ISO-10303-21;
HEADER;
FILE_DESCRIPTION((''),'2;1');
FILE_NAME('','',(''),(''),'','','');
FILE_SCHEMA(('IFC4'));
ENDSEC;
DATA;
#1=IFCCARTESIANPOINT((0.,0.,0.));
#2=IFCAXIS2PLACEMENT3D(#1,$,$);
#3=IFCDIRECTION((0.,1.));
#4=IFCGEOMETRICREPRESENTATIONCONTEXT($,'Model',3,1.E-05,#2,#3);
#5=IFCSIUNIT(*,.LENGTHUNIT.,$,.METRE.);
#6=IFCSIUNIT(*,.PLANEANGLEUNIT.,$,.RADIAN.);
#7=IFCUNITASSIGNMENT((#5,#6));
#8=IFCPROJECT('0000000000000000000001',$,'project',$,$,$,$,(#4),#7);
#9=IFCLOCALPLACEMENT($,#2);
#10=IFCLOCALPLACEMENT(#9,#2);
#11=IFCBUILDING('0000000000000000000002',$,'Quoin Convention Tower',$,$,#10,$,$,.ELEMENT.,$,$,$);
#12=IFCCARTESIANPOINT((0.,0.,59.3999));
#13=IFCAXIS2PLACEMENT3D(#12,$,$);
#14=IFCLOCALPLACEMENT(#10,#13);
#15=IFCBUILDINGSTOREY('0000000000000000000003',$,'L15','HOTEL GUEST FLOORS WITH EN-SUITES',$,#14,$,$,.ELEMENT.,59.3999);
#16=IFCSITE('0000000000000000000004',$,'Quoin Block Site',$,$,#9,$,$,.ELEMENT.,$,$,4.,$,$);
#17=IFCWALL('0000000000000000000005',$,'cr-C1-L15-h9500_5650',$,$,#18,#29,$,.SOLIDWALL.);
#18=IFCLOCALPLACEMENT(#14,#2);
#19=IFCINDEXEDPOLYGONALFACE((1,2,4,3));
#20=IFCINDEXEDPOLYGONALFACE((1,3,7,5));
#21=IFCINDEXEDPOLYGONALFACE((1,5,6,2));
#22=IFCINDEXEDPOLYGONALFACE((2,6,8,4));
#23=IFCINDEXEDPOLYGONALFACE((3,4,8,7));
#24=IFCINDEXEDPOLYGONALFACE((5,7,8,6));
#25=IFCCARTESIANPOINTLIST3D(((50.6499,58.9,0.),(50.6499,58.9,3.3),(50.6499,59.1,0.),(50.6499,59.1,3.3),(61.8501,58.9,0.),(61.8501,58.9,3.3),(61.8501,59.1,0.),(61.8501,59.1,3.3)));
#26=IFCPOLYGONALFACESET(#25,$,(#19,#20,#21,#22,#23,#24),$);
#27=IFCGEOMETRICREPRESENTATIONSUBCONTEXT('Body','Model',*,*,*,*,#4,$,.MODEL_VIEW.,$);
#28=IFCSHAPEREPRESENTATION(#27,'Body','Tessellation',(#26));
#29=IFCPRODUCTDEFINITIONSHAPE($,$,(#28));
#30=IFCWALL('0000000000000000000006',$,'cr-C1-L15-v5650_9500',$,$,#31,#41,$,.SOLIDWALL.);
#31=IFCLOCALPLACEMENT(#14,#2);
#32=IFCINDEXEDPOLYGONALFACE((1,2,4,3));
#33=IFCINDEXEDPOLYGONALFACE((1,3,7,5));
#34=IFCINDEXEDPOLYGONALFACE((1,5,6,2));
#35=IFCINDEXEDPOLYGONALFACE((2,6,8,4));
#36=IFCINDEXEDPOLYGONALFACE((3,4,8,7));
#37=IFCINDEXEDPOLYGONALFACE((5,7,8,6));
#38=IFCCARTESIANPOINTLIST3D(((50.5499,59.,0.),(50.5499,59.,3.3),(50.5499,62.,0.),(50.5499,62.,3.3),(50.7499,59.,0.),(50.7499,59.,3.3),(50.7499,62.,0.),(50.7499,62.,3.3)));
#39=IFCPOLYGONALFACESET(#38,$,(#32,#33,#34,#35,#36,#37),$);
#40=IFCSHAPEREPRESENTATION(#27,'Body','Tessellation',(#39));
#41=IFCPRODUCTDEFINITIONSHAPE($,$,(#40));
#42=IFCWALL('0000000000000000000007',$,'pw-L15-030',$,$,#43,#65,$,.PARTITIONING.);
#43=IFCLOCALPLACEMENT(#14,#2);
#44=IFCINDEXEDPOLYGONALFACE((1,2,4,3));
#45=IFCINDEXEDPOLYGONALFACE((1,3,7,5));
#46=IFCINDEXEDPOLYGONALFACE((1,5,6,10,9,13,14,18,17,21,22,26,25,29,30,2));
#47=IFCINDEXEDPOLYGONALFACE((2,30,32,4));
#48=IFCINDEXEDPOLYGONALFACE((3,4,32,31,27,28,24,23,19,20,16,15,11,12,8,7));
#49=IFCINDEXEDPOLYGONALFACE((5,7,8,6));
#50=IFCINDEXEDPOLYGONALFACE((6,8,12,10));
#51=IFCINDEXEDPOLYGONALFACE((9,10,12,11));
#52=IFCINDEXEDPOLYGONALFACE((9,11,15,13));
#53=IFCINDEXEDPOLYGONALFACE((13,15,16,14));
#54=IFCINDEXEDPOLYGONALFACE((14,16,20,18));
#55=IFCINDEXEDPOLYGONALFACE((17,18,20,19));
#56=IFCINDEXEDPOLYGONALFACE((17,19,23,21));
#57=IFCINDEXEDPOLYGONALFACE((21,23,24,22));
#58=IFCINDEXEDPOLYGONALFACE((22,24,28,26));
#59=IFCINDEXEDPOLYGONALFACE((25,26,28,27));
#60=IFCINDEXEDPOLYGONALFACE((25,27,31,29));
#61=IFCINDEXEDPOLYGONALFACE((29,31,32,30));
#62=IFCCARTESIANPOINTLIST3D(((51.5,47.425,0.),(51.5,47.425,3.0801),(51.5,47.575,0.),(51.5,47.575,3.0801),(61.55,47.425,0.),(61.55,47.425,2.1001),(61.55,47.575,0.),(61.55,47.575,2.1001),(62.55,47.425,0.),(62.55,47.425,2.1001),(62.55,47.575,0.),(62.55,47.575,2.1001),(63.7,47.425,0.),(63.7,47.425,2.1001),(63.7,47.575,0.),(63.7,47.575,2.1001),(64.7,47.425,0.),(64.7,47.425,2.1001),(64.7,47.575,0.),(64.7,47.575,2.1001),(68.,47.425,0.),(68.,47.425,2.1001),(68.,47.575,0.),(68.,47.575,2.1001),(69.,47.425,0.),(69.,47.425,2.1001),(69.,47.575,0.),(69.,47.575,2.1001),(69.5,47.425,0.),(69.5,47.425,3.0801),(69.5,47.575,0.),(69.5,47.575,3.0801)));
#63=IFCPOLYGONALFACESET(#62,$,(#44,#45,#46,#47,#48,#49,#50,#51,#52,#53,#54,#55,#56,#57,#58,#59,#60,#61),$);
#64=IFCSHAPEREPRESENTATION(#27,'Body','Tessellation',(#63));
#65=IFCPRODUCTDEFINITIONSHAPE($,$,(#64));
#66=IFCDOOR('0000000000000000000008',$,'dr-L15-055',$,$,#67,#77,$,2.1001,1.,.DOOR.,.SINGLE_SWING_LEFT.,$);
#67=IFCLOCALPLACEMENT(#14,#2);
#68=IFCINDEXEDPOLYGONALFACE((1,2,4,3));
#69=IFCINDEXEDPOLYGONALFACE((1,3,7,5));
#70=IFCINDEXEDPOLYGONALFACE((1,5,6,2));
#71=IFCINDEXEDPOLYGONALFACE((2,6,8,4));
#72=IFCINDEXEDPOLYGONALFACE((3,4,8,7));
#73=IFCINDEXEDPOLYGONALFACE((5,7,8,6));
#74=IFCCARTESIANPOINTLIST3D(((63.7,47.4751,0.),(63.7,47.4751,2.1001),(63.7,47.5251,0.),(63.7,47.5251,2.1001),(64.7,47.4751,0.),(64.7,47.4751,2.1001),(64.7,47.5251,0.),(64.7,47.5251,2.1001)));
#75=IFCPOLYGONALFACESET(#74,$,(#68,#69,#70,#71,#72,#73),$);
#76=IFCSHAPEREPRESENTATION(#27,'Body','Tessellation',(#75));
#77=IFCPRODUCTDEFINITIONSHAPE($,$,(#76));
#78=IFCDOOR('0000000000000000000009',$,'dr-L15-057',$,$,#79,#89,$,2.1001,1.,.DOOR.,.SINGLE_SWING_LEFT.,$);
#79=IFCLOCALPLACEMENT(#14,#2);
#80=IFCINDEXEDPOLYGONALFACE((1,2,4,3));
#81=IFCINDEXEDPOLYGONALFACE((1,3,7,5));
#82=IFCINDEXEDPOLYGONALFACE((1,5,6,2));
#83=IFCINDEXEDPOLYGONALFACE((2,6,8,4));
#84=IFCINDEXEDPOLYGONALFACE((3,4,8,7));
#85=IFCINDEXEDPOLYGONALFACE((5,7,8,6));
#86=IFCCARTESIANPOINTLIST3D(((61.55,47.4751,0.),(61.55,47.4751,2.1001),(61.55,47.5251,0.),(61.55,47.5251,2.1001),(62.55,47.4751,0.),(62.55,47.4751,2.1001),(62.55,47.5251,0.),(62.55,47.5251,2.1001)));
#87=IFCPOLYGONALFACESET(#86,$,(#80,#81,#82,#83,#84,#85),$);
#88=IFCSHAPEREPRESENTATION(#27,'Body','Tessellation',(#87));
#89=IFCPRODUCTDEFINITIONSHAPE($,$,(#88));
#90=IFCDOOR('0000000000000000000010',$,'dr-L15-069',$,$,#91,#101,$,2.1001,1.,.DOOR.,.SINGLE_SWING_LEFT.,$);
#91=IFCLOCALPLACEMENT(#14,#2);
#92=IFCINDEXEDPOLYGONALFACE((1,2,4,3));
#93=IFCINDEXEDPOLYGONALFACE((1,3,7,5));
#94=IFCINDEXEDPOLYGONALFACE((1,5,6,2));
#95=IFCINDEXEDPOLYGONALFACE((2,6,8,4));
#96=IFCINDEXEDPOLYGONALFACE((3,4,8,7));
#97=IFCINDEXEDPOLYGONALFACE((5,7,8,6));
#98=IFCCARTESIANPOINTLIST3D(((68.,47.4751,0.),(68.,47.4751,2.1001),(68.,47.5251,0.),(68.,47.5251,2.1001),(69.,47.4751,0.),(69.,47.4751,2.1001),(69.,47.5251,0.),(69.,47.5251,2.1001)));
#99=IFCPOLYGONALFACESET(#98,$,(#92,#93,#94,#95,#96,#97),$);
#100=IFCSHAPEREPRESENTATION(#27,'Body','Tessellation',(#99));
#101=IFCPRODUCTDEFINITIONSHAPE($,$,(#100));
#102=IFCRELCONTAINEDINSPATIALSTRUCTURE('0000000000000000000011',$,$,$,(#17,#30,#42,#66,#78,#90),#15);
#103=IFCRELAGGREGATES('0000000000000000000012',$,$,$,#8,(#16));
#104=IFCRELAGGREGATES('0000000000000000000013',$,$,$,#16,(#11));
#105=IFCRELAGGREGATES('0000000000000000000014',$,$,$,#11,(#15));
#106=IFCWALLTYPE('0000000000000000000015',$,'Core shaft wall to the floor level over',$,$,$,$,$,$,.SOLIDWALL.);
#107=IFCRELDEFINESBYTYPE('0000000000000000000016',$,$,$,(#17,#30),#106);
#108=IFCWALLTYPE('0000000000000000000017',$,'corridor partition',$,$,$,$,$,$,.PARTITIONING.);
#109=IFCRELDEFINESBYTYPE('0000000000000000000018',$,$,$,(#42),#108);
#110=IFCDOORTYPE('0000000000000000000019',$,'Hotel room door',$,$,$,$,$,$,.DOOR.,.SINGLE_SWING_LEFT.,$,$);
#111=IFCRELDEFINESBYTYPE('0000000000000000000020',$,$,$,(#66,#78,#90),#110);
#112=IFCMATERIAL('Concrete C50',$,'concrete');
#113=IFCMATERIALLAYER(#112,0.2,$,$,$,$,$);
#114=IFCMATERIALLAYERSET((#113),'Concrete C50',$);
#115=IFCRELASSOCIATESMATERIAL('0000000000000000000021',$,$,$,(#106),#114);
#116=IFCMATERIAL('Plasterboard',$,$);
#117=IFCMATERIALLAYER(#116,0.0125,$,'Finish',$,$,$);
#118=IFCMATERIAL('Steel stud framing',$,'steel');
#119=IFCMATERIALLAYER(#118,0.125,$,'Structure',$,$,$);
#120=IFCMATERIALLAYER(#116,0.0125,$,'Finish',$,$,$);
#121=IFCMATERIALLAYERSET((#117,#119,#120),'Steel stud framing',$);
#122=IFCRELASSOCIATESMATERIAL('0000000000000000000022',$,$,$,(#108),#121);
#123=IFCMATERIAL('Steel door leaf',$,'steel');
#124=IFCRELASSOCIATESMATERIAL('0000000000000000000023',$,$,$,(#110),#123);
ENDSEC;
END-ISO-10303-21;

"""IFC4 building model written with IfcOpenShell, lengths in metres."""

from ifc_helpers import new_model, si_unit, direction, frame, frame_2d, origin, place, context, subcontext, project, spatial, rectangle, extrude, material, layer, layer_set, type_object, element, fill, save


model = new_model("IFC4")

# Units and contexts
model_context = context("Model", 3, precision=1e-05, world=origin(), true_north=direction((0.0, 1.0)))
body_context = subcontext(model_context, "Body", "Model", "MODEL_VIEW")
ifc_project = project(units=[si_unit("LENGTHUNIT", "METRE"), si_unit("PLANEANGLEUNIT", "RADIAN")], contexts=[model_context])

# Site, building, storey
site_placement = place(None, origin())
site = spatial("IfcSite", under=ifc_project, at=site_placement, Name="Quoin Block Site", CompositionType="ELEMENT", RefElevation=4.0)
building_placement = place(site_placement, origin())
building = spatial("IfcBuilding", under=site, at=building_placement, Name="Quoin Convention Tower", CompositionType="ELEMENT")
storey_placement = place(building_placement, frame((0.0, 0.0, 59.3999)))
storey = spatial("IfcBuildingStorey", under=building, at=storey_placement, Name="L15", Description="HOTEL GUEST FLOORS WITH EN-SUITES", CompositionType="ELEMENT", Elevation=59.3999)

# Shared definitions
ifc_material_1 = material(Name="Plasterboard")
ifc_material_2 = material(Name="Steel stud framing", Category="steel")
ifc_material_3 = material(Name="Steel door leaf", Category="steel")

# Walls
ifc_material_4 = material(Name="Concrete C50", Category="concrete")
ifc_layer_1 = layer(ifc_material_4, 0.2)
ifc_layer_set_1 = layer_set([ifc_layer_1], Name="Concrete C50")
wall_type_1 = type_object("IfcWallType", Name="Core shaft wall to the floor level over", PredefinedType="SOLIDWALL", material=ifc_layer_set_1)
wall_1_placement = place(storey_placement, frame((50.6499, 59.0, 0.0), z_axis=(0.0, 0.0, 1.0), x_axis=(1.0, 0.0, 0.0)))
element("IfcWall", 1, at=wall_1_placement, inside=storey, type_object=wall_type_1, Name="cr-C1-L15-h9500_5650", PredefinedType="SOLIDWALL", context=body_context, shape_type="SweptSolid", body=[
    extrude(rectangle(XDim=11.2002, YDim=0.2, at=frame_2d((5.6001, 0.0))), origin(), (0.0, 0.0, 1.0), 3.3),
])
wall_2_placement = place(storey_placement, frame((50.6499, 59.0, 0.0), z_axis=(0.0, 0.0, 1.0), x_axis=(0.0, 1.0, 0.0)))
element("IfcWall", 2, at=wall_2_placement, inside=storey, type_object=wall_type_1, Name="cr-C1-L15-v5650_9500", PredefinedType="SOLIDWALL", context=body_context, shape_type="SweptSolid", body=[
    extrude(rectangle(XDim=3.0, YDim=0.2, at=frame_2d((1.5, 0.0))), origin(), (0.0, 0.0, 1.0), 3.3),
])

# Wall, openings, doors
ifc_layer_2 = layer(ifc_material_1, 0.0125, Name="Finish")
ifc_layer_3 = layer(ifc_material_2, 0.125, Name="Structure")
ifc_layer_4 = layer(ifc_material_1, 0.0125, Name="Finish")
ifc_layer_set_2 = layer_set([ifc_layer_2, ifc_layer_3, ifc_layer_4], Name="Steel stud framing")
wall_type_2 = type_object("IfcWallType", Name="corridor partition", PredefinedType="PARTITIONING", material=ifc_layer_set_2)
wall_3_placement = place(storey_placement, frame((51.5, 47.5, 0.0), z_axis=(0.0, 0.0, 1.0), x_axis=(1.0, 0.0, 0.0)))
wall_3 = element("IfcWall", 3, at=wall_3_placement, inside=storey, type_object=wall_type_2, Name="pw-L15-030", PredefinedType="PARTITIONING", context=body_context, shape_type="SweptSolid", body=[
    extrude(rectangle(XDim=18.0, YDim=0.1499, at=frame_2d((9.0, 0.0))), origin(), (0.0, 0.0, 1.0), 3.0801),
])
opening_1_placement = place(wall_3_placement, frame((12.2, 0.0, 0.0)))
opening_1 = element("IfcOpeningElement", 4, at=opening_1_placement, cuts=wall_3, PredefinedType="OPENING", context=body_context, shape_type="SweptSolid", body=[
    extrude(rectangle(XDim=1.0, YDim=2.1001, at=frame_2d((0.5, 1.05))), frame((0.0, 0.085, 0.0), z_axis=(0.0, -1.0, 0.0), x_axis=(1.0, 0.0, 0.0)), (0.0, 0.0, 1.0), 0.1699),
])
opening_2_placement = place(wall_3_placement, frame((10.05, 0.0, 0.0)))
opening_2 = element("IfcOpeningElement", 5, at=opening_2_placement, cuts=wall_3, PredefinedType="OPENING", context=body_context, shape_type="SweptSolid", body=[
    extrude(rectangle(XDim=1.0, YDim=2.1001, at=frame_2d((0.5, 1.05))), frame((0.0, 0.085, 0.0), z_axis=(0.0, -1.0, 0.0), x_axis=(1.0, 0.0, 0.0)), (0.0, 0.0, 1.0), 0.1699),
])
opening_3_placement = place(wall_3_placement, frame((16.5, 0.0, 0.0)))
opening_3 = element("IfcOpeningElement", 6, at=opening_3_placement, cuts=wall_3, PredefinedType="OPENING", context=body_context, shape_type="SweptSolid", body=[
    extrude(rectangle(XDim=1.0, YDim=2.1001, at=frame_2d((0.5, 1.05))), frame((0.0, 0.085, 0.0), z_axis=(0.0, -1.0, 0.0), x_axis=(1.0, 0.0, 0.0)), (0.0, 0.0, 1.0), 0.1699),
])
door_type_1 = type_object("IfcDoorType", Name="Hotel room door", OperationType="SINGLE_SWING_LEFT", PredefinedType="DOOR", material=ifc_material_3)
door_1_placement = place(opening_1_placement, frame((1.0, 0.0, 0.0), z_axis=(0.0, 0.0, 1.0), x_axis=(-1.0, 0.0, 0.0)))
door_1 = element("IfcDoor", 7, at=door_1_placement, inside=storey, type_object=door_type_1, Name="dr-L15-055", OperationType="SINGLE_SWING_LEFT", OverallHeight=2.1001, OverallWidth=1.0, PredefinedType="DOOR", context=body_context, shape_type="SweptSolid", body=[
    extrude(rectangle(XDim=1.0, YDim=2.1001, at=frame_2d((0.5, 1.05))), frame((0.0, 0.0249, 0.0), z_axis=(0.0, -1.0, 0.0), x_axis=(1.0, 0.0, 0.0)), (0.0, 0.0, 1.0), 0.05),
])
fill(opening_1, door_1)
door_2_placement = place(opening_2_placement, frame((1.0, 0.0, 0.0), z_axis=(0.0, 0.0, 1.0), x_axis=(-1.0, 0.0, 0.0)))
door_2 = element("IfcDoor", 8, at=door_2_placement, inside=storey, type_object=door_type_1, Name="dr-L15-057", OperationType="SINGLE_SWING_LEFT", OverallHeight=2.1001, OverallWidth=1.0, PredefinedType="DOOR", context=body_context, shape_type="SweptSolid", body=[
    extrude(rectangle(XDim=1.0, YDim=2.1001, at=frame_2d((0.5, 1.05))), frame((0.0, 0.0249, 0.0), z_axis=(0.0, -1.0, 0.0), x_axis=(1.0, 0.0, 0.0)), (0.0, 0.0, 1.0), 0.05),
])
fill(opening_2, door_2)
door_3_placement = place(opening_3_placement, frame((1.0, 0.0, 0.0), z_axis=(0.0, 0.0, 1.0), x_axis=(-1.0, 0.0, 0.0)))
door_3 = element("IfcDoor", 9, at=door_3_placement, inside=storey, type_object=door_type_1, Name="dr-L15-069", OperationType="SINGLE_SWING_LEFT", OverallHeight=2.1001, OverallWidth=1.0, PredefinedType="DOOR", context=body_context, shape_type="SweptSolid", body=[
    extrude(rectangle(XDim=1.0, YDim=2.1001, at=frame_2d((0.5, 1.05))), frame((0.0, 0.0249, 0.0), z_axis=(0.0, -1.0, 0.0), x_axis=(1.0, 0.0, 0.0)), (0.0, 0.0, 1.0), 0.05),
])
fill(opening_3, door_3)

save(model, "model.ifc")
